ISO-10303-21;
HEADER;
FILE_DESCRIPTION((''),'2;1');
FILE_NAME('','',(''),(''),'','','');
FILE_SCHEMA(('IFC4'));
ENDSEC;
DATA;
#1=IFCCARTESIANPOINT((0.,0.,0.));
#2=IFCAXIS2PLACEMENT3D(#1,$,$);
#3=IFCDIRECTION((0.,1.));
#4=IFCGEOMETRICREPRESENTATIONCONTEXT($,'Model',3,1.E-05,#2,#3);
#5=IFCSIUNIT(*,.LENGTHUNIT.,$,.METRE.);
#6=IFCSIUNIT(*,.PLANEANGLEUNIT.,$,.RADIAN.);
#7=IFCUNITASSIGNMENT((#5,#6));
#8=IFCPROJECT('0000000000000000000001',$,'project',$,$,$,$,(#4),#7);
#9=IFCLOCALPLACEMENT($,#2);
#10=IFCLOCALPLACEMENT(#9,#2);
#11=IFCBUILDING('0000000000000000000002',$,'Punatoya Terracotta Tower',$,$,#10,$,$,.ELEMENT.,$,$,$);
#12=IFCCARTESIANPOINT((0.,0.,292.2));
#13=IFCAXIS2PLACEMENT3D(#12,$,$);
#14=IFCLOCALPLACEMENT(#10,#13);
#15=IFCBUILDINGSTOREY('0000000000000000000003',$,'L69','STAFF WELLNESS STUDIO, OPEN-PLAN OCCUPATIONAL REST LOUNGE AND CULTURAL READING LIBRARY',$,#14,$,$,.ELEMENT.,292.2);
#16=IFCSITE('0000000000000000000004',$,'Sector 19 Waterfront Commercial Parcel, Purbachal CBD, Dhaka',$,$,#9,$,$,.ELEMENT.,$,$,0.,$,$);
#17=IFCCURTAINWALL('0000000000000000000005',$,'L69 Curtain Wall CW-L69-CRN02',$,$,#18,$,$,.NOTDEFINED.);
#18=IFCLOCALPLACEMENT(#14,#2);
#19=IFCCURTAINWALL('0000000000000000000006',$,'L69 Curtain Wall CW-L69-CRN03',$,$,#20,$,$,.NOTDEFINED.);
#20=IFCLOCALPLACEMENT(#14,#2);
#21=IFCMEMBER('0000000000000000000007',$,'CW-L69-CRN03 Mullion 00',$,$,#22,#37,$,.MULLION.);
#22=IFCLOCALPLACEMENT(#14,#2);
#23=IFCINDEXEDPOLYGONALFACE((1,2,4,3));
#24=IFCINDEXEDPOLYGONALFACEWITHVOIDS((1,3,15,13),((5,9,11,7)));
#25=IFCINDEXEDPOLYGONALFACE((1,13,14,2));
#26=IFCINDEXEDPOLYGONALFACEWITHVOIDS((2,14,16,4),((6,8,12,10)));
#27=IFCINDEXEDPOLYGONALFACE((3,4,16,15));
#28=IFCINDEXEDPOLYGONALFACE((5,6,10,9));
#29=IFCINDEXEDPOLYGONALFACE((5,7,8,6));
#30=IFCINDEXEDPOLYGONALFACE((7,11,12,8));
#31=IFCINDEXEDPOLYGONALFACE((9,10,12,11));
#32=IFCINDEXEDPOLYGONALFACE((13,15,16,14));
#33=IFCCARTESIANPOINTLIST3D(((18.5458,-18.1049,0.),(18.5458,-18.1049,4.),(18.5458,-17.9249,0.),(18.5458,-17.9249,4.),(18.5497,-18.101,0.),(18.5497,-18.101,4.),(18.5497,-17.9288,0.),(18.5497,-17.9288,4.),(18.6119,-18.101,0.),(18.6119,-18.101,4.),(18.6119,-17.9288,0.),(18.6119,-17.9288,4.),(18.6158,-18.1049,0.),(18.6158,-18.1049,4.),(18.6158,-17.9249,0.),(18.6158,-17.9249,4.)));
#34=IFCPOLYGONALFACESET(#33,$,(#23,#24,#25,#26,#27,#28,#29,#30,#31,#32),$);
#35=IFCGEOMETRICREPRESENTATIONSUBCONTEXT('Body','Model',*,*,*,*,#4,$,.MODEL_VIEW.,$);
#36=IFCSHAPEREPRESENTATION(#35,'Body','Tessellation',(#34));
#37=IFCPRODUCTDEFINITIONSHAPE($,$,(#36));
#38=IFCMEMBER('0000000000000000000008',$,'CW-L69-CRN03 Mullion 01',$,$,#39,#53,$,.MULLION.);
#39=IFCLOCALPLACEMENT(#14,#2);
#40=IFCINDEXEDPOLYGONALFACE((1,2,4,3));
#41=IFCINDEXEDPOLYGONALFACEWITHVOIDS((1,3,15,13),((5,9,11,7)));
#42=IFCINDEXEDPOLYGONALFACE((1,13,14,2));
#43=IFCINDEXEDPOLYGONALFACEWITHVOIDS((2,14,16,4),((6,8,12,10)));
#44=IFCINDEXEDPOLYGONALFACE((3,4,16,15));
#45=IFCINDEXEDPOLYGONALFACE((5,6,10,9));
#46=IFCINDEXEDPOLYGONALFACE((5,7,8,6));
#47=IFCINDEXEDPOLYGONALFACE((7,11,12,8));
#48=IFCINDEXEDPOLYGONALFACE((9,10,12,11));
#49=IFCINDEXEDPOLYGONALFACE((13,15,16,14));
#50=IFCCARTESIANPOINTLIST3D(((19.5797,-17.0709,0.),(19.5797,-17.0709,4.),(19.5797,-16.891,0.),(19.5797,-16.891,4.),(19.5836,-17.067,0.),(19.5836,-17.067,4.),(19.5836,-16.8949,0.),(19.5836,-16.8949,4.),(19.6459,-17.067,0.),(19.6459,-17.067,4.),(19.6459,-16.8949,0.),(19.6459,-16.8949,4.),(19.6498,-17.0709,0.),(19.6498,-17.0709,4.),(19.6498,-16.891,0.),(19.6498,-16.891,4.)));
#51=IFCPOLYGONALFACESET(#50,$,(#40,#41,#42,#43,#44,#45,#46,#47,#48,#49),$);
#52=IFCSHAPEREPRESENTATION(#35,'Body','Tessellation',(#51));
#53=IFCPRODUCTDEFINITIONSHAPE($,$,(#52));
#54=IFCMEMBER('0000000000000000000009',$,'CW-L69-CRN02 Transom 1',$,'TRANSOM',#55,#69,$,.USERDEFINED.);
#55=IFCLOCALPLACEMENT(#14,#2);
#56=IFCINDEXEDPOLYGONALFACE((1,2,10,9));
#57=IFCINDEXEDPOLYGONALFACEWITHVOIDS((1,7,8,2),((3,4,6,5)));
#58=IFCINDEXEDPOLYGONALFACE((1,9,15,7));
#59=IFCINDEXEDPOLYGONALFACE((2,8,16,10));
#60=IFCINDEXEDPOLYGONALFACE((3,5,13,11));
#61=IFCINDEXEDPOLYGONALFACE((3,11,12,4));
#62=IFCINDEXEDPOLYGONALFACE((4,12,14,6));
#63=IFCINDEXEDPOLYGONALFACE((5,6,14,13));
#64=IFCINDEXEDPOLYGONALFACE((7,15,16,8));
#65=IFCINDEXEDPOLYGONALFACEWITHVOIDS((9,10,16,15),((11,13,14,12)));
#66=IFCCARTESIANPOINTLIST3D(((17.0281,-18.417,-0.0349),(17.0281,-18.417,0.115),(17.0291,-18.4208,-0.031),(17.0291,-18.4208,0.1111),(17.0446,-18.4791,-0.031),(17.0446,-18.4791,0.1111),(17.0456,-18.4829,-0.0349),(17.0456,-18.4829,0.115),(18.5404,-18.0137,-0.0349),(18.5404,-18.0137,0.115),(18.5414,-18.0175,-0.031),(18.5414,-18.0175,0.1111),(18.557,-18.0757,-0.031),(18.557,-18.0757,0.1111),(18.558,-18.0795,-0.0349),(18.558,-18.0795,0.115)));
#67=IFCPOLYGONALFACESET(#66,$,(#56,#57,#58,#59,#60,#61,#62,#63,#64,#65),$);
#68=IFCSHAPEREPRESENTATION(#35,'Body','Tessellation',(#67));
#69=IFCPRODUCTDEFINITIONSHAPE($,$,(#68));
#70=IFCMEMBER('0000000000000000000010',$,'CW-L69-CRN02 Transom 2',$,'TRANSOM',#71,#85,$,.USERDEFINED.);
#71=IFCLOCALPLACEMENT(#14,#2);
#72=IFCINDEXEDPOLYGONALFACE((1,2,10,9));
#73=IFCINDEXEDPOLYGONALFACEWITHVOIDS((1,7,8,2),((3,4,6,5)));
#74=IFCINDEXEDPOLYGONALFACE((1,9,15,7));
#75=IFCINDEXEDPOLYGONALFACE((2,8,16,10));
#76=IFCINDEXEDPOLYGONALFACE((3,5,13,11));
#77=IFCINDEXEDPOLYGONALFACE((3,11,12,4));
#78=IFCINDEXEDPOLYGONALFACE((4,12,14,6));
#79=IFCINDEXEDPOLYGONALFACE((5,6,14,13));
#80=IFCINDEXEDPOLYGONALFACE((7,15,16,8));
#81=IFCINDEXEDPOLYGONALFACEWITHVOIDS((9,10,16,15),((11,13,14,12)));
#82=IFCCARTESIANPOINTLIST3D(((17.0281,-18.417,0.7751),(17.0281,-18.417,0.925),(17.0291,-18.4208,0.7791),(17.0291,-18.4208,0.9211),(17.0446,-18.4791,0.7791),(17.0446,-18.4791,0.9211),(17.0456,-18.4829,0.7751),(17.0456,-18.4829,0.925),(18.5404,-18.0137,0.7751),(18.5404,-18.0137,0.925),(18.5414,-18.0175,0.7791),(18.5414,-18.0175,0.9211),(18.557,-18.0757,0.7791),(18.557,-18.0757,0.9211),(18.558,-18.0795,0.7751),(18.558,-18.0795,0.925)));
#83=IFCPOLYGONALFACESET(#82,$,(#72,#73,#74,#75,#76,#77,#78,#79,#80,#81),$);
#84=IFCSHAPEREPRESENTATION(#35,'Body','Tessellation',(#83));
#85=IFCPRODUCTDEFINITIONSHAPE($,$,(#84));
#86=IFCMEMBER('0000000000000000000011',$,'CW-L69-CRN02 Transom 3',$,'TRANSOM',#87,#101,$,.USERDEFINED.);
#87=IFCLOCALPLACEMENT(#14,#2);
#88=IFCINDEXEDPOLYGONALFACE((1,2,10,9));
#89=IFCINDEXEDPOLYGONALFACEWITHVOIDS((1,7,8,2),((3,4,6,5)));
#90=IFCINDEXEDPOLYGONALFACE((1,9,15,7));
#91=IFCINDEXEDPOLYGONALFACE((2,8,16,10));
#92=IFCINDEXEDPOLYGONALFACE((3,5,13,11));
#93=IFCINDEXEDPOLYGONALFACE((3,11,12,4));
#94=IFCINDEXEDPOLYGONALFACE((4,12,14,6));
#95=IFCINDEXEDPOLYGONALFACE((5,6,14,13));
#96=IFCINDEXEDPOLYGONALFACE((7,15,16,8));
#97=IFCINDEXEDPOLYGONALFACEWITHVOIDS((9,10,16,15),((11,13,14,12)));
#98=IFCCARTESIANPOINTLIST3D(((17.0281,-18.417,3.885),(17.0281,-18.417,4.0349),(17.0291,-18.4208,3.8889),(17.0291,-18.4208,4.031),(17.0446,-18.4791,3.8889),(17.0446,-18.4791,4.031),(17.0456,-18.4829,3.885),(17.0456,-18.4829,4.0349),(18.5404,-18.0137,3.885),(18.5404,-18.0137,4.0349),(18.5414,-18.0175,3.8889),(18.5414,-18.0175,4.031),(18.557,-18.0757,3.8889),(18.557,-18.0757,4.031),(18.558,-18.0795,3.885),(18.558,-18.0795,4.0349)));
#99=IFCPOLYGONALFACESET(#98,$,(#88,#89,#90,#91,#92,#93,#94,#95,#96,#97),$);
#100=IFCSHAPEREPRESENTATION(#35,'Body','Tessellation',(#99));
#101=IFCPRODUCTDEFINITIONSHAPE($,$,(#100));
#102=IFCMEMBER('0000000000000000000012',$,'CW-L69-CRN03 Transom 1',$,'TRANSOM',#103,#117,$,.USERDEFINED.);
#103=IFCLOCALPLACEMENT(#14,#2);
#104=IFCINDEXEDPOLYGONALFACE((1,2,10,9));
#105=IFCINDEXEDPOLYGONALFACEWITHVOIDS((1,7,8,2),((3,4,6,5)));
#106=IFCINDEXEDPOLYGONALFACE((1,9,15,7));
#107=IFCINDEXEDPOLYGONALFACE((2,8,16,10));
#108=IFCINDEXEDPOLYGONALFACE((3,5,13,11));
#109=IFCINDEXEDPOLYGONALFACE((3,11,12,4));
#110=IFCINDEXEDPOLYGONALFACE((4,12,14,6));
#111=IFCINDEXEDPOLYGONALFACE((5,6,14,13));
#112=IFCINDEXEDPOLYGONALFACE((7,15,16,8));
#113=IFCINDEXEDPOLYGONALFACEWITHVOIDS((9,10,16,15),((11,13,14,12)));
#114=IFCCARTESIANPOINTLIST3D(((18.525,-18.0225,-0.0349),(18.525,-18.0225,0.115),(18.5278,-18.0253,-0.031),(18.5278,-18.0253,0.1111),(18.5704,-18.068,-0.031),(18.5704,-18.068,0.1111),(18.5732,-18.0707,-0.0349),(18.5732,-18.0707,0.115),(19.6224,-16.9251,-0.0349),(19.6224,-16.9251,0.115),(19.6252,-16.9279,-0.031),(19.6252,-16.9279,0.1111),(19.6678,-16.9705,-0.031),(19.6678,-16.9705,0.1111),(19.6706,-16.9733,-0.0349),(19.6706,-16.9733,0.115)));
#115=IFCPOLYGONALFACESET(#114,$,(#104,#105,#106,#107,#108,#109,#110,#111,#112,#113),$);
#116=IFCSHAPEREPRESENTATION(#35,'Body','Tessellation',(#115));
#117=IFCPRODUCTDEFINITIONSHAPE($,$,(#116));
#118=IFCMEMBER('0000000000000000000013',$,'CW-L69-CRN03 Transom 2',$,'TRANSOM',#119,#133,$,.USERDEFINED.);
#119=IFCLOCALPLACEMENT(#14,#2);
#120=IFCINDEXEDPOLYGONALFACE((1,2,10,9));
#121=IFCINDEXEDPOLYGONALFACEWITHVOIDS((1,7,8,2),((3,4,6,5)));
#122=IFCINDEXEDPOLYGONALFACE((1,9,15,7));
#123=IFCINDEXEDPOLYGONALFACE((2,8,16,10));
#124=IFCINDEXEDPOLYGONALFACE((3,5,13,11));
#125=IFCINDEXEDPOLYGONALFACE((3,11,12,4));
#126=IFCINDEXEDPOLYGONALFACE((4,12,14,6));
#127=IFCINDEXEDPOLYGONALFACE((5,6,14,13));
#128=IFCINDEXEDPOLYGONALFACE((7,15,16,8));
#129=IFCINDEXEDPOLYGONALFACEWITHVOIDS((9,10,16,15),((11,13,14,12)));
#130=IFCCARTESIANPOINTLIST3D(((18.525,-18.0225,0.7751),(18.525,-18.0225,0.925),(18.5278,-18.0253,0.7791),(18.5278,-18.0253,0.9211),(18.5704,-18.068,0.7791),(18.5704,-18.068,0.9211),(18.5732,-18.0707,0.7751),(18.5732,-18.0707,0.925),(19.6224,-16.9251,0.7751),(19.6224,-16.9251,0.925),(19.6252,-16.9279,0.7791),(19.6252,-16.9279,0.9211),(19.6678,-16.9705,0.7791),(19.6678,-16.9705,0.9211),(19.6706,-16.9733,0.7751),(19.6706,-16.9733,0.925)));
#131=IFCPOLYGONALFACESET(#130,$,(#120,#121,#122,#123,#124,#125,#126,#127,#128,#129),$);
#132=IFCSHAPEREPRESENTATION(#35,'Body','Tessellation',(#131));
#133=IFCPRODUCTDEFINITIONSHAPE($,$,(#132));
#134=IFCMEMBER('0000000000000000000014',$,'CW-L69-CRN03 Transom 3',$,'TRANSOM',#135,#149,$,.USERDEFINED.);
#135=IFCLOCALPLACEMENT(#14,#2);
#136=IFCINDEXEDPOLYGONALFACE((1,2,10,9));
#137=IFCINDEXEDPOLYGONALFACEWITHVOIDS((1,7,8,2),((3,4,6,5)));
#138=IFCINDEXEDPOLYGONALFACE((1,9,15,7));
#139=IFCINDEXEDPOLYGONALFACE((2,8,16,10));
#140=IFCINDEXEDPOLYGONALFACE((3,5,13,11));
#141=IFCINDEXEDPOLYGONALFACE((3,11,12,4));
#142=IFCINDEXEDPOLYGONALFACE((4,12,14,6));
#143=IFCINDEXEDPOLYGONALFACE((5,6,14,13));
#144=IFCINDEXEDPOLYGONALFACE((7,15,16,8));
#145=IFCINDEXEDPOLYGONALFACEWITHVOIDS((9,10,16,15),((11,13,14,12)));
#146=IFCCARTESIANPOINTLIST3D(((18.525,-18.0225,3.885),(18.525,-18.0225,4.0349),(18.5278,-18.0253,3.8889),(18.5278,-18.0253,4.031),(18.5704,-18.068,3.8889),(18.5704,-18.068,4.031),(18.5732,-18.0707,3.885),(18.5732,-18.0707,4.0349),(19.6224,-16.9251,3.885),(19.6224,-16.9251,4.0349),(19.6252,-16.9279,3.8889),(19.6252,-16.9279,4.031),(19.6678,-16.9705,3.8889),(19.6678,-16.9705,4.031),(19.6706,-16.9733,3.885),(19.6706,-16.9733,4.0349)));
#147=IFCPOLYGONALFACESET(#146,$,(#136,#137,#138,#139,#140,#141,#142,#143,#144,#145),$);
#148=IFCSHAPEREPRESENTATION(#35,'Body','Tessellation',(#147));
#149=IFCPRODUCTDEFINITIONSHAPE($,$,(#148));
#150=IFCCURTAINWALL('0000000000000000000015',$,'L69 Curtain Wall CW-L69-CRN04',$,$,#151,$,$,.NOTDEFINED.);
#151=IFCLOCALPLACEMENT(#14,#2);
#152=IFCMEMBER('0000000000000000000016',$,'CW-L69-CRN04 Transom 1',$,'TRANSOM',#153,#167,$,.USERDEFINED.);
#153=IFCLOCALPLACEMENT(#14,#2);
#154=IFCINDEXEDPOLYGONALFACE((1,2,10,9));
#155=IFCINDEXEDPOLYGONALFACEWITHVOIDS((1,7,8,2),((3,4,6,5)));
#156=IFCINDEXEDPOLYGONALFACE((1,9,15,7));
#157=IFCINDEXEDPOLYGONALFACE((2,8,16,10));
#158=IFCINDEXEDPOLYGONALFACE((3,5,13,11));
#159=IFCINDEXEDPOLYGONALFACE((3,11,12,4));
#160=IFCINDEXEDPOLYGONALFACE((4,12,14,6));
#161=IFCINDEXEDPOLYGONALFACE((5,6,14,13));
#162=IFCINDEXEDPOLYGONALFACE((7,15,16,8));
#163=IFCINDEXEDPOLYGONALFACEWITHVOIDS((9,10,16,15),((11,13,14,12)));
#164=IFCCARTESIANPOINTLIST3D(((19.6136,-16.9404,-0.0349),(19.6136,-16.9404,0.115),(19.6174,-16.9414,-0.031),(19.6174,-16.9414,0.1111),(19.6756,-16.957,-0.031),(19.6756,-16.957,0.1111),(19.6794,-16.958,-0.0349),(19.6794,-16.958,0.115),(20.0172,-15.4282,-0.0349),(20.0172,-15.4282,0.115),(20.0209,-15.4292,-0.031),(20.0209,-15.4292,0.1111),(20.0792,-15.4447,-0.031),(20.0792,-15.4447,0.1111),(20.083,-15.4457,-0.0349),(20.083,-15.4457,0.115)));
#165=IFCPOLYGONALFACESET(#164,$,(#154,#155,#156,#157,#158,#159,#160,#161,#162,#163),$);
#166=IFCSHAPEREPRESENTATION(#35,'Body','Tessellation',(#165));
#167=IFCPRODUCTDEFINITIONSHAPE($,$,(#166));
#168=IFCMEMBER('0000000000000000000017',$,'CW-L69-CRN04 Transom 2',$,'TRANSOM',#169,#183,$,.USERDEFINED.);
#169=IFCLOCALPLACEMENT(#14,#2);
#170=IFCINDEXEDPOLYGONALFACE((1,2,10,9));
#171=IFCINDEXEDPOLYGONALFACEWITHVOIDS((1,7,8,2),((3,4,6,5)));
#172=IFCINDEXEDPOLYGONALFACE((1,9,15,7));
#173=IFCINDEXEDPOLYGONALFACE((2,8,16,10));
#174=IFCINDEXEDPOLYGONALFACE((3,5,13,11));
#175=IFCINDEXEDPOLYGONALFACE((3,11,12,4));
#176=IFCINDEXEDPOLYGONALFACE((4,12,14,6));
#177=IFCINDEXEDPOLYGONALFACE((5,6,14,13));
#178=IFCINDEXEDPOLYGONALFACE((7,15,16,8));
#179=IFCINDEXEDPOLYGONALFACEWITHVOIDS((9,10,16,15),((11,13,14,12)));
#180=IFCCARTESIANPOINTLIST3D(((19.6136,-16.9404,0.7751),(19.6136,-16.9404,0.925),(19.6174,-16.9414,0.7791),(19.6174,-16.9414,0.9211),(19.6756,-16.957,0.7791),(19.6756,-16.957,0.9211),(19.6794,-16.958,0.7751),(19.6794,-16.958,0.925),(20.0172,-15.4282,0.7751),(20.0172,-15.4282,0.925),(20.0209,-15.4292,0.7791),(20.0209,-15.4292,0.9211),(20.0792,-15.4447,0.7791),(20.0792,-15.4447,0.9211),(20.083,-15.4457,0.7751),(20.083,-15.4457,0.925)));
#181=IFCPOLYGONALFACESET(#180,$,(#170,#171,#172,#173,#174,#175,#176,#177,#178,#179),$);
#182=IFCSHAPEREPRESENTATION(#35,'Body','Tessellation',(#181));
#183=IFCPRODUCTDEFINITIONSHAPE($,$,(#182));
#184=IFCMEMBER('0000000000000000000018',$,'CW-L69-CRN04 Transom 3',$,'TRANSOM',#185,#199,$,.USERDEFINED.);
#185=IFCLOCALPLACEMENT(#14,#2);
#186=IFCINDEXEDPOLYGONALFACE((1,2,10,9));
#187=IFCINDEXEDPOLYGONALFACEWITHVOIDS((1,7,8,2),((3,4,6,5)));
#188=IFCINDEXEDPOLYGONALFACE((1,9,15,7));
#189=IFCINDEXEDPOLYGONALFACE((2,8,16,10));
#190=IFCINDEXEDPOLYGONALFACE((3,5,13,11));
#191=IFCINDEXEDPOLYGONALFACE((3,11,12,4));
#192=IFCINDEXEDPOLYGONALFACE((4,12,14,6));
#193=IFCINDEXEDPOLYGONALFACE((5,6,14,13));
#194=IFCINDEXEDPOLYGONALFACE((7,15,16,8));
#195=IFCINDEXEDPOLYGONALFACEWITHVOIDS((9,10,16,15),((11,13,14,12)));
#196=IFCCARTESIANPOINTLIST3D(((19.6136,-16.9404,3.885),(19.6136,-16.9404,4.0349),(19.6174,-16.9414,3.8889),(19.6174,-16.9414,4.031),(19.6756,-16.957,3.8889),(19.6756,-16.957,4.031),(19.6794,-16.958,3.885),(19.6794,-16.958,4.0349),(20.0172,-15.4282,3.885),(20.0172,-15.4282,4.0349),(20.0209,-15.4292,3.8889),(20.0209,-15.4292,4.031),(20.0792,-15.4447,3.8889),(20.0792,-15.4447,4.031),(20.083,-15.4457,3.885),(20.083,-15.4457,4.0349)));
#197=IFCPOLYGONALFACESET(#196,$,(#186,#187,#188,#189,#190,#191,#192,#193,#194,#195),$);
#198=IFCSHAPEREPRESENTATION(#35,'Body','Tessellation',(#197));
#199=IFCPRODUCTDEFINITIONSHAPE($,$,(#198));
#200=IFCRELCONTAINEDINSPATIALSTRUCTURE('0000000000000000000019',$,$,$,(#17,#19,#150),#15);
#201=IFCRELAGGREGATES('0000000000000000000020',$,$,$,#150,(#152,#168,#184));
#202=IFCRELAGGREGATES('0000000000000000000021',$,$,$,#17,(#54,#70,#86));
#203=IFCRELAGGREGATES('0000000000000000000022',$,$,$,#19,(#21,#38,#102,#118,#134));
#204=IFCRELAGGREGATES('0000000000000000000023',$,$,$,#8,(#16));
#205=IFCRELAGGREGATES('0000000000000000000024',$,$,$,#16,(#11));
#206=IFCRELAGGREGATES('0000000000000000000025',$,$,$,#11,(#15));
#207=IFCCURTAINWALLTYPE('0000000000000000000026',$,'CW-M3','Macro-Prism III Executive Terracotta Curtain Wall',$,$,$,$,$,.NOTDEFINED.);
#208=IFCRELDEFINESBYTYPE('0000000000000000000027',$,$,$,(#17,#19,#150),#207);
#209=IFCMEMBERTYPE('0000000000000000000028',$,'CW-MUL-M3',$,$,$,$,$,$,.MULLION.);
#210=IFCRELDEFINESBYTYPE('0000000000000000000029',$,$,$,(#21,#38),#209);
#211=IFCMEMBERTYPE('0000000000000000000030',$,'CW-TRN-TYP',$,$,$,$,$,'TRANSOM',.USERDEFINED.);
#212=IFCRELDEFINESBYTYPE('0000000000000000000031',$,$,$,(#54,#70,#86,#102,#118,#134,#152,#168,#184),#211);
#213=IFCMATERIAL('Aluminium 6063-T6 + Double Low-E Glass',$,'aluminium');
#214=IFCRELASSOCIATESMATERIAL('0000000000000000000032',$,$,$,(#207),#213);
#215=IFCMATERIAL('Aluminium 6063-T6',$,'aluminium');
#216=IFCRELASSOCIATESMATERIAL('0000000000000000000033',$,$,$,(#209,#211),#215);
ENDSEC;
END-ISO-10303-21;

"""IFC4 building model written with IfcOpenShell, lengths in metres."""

from ifc_helpers import new_model, si_unit, direction, frame, origin, origin_2d, place, context, subcontext, project, spatial, hollow_rectangle, extrude, material, material_profile, profile_set, type_object, element, aggregate, save


model = new_model("IFC4")

# Units and contexts
model_context = context("Model", 3, precision=1e-05, world=origin(), true_north=direction((0.0, 1.0)))
body_context = subcontext(model_context, "Body", "Model", "MODEL_VIEW")
ifc_project = project(units=[si_unit("LENGTHUNIT", "METRE"), si_unit("PLANEANGLEUNIT", "RADIAN")], contexts=[model_context])

# Site, building, storey
site_placement = place(None, origin())
site = spatial("IfcSite", under=ifc_project, at=site_placement, Name="Sector 19 Waterfront Commercial Parcel, Purbachal CBD, Dhaka", CompositionType="ELEMENT", RefElevation=0.0)
building_placement = place(site_placement, origin())
building = spatial("IfcBuilding", under=site, at=building_placement, Name="Punatoya Terracotta Tower", CompositionType="ELEMENT")
storey_placement = place(building_placement, frame((0.0, 0.0, 292.2)))
storey = spatial("IfcBuildingStorey", under=building, at=storey_placement, Name="L69", Description="STAFF WELLNESS STUDIO, OPEN-PLAN OCCUPATIONAL REST LOUNGE AND CULTURAL READING LIBRARY", CompositionType="ELEMENT", Elevation=292.2)

# Curtain walls, members
ifc_material_1 = material(Name="Aluminium 6063-T6 + Double Low-E Glass", Category="aluminium")
curtain_wall_type = type_object("IfcCurtainWallType", Name="CW-M3", Description="Macro-Prism III Executive Terracotta Curtain Wall", PredefinedType="NOTDEFINED", material=ifc_material_1)
ifc_material_2 = material(Name="Aluminium 6063-T6", Category="aluminium")
ifc_material_profile_1 = material_profile(ifc_material_2, hollow_rectangle(XDim=0.0701, YDim=0.1799, WallThickness=0.0039, at=origin_2d()))
ifc_profile_set_1 = profile_set([ifc_material_profile_1], Name="Aluminium 6063-T6")
member_type_1 = type_object("IfcMemberType", Name="CW-MUL-M3", PredefinedType="MULLION", material=ifc_profile_set_1)
curtain_wall_1_placement = place(storey_placement, origin())
curtain_wall_1 = element("IfcCurtainWall", 1, at=curtain_wall_1_placement, inside=storey, type_object=curtain_wall_type, Name="L69 Curtain Wall CW-L69-CRN02", PredefinedType="NOTDEFINED")
curtain_wall_2_placement = place(storey_placement, origin())
curtain_wall_2 = element("IfcCurtainWall", 2, at=curtain_wall_2_placement, inside=storey, type_object=curtain_wall_type, Name="L69 Curtain Wall CW-L69-CRN03", PredefinedType="NOTDEFINED")
member_1_placement = place(storey_placement, frame((18.5808, -18.0149, 0.0), z_axis=(0.0, 0.0, 1.0), x_axis=(1.0, 0.0, 0.0)))
member_1 = element("IfcMember", 3, at=member_1_placement, type_object=member_type_1, Name="CW-L69-CRN03 Mullion 00", PredefinedType="MULLION", context=body_context, shape_type="SweptSolid", body=[
    extrude(hollow_rectangle(XDim=0.0701, YDim=0.1799, WallThickness=0.0039, at=origin_2d()), origin(), (0.0, 0.0, 1.0), 4.0),
])
member_2_placement = place(storey_placement, frame((19.6147, -16.981, 0.0), z_axis=(0.0, 0.0, 1.0), x_axis=(1.0, 0.0, 0.0)))
member_2 = element("IfcMember", 4, at=member_2_placement, type_object=member_type_1, Name="CW-L69-CRN03 Mullion 01", PredefinedType="MULLION", context=body_context, shape_type="SweptSolid", body=[
    extrude(hollow_rectangle(XDim=0.0701, YDim=0.1799, WallThickness=0.0039, at=origin_2d()), origin(), (0.0, 0.0, 1.0), 4.0),
])

# Members
ifc_material_profile_2 = material_profile(ifc_material_2, hollow_rectangle(XDim=0.0681, YDim=0.1499, WallThickness=0.0039, at=origin_2d()))
ifc_profile_set_2 = profile_set([ifc_material_profile_2], Name="Aluminium 6063-T6")
member_type_2 = type_object("IfcMemberType", Name="CW-TRN-TYP", ElementType="TRANSOM", PredefinedType="USERDEFINED", material=ifc_profile_set_2)
member_3_placement = place(storey_placement, frame((17.0369, -18.45, 0.04), z_axis=(0.966225, 0.257701, 0.0), x_axis=(-0.257701, 0.966225, 0.0)))
member_3 = element("IfcMember", 5, at=member_3_placement, type_object=member_type_2, Name="CW-L69-CRN02 Transom 1", ObjectType="TRANSOM", PredefinedType="USERDEFINED", context=body_context, shape_type="SweptSolid", body=[
    extrude(hollow_rectangle(XDim=0.0681, YDim=0.1499, WallThickness=0.0039, at=origin_2d()), origin(), (0.0, 0.0, 1.0), 1.5652),
])
member_4_placement = place(storey_placement, frame((17.0369, -18.45, 0.8501), z_axis=(0.966225, 0.257701, 0.0), x_axis=(-0.257701, 0.966225, 0.0)))
member_4 = element("IfcMember", 6, at=member_4_placement, type_object=member_type_2, Name="CW-L69-CRN02 Transom 2", ObjectType="TRANSOM", PredefinedType="USERDEFINED", context=body_context, shape_type="SweptSolid", body=[
    extrude(hollow_rectangle(XDim=0.0681, YDim=0.1499, WallThickness=0.0039, at=origin_2d()), origin(), (0.0, 0.0, 1.0), 1.5652),
])
member_5_placement = place(storey_placement, frame((17.0369, -18.45, 3.96), z_axis=(0.966225, 0.257701, 0.0), x_axis=(-0.257701, 0.966225, 0.0)))
member_5 = element("IfcMember", 7, at=member_5_placement, type_object=member_type_2, Name="CW-L69-CRN02 Transom 3", ObjectType="TRANSOM", PredefinedType="USERDEFINED", context=body_context, shape_type="SweptSolid", body=[
    extrude(hollow_rectangle(XDim=0.0681, YDim=0.1499, WallThickness=0.0039, at=origin_2d()), origin(), (0.0, 0.0, 1.0), 1.5652),
])
member_6_placement = place(storey_placement, frame((18.5491, -18.0466, 0.04), z_axis=(0.707107, 0.707107, 0.0), x_axis=(-0.707107, 0.707107, 0.0)))
member_6 = element("IfcMember", 8, at=member_6_placement, type_object=member_type_2, Name="CW-L69-CRN03 Transom 1", ObjectType="TRANSOM", PredefinedType="USERDEFINED", context=body_context, shape_type="SweptSolid", body=[
    extrude(hollow_rectangle(XDim=0.0681, YDim=0.1499, WallThickness=0.0039, at=origin_2d()), origin(), (0.0, 0.0, 1.0), 1.552),
])
member_7_placement = place(storey_placement, frame((18.5491, -18.0466, 0.8501), z_axis=(0.707107, 0.707107, 0.0), x_axis=(-0.707107, 0.707107, 0.0)))
member_7 = element("IfcMember", 9, at=member_7_placement, type_object=member_type_2, Name="CW-L69-CRN03 Transom 2", ObjectType="TRANSOM", PredefinedType="USERDEFINED", context=body_context, shape_type="SweptSolid", body=[
    extrude(hollow_rectangle(XDim=0.0681, YDim=0.1499, WallThickness=0.0039, at=origin_2d()), origin(), (0.0, 0.0, 1.0), 1.552),
])
member_8_placement = place(storey_placement, frame((18.5491, -18.0466, 3.96), z_axis=(0.707107, 0.707107, 0.0), x_axis=(-0.707107, 0.707107, 0.0)))
member_8 = element("IfcMember", 10, at=member_8_placement, type_object=member_type_2, Name="CW-L69-CRN03 Transom 3", ObjectType="TRANSOM", PredefinedType="USERDEFINED", context=body_context, shape_type="SweptSolid", body=[
    extrude(hollow_rectangle(XDim=0.0681, YDim=0.1499, WallThickness=0.0039, at=origin_2d()), origin(), (0.0, 0.0, 1.0), 1.552),
])

# Curtain wall, members
curtain_wall_3_placement = place(storey_placement, origin())
curtain_wall_3 = element("IfcCurtainWall", 11, at=curtain_wall_3_placement, inside=storey, type_object=curtain_wall_type, Name="L69 Curtain Wall CW-L69-CRN04", PredefinedType="NOTDEFINED")
member_9_placement = place(storey_placement, frame((19.6465, -16.9492, 0.04), z_axis=(0.257847, 0.966186, 0.0), x_axis=(-0.966186, 0.257847, 0.0)))
member_9 = element("IfcMember", 12, at=member_9_placement, type_object=member_type_2, Name="CW-L69-CRN04 Transom 1", ObjectType="TRANSOM", PredefinedType="USERDEFINED", context=body_context, shape_type="SweptSolid", body=[
    extrude(hollow_rectangle(XDim=0.0681, YDim=0.1499, WallThickness=0.0039, at=origin_2d()), origin(), (0.0, 0.0, 1.0), 1.5652),
])
member_10_placement = place(storey_placement, frame((19.6465, -16.9492, 0.8501), z_axis=(0.257847, 0.966186, 0.0), x_axis=(-0.966186, 0.257847, 0.0)))
member_10 = element("IfcMember", 13, at=member_10_placement, type_object=member_type_2, Name="CW-L69-CRN04 Transom 2", ObjectType="TRANSOM", PredefinedType="USERDEFINED", context=body_context, shape_type="SweptSolid", body=[
    extrude(hollow_rectangle(XDim=0.0681, YDim=0.1499, WallThickness=0.0039, at=origin_2d()), origin(), (0.0, 0.0, 1.0), 1.5652),
])
member_11_placement = place(storey_placement, frame((19.6465, -16.9492, 3.96), z_axis=(0.257847, 0.966186, 0.0), x_axis=(-0.966186, 0.257847, 0.0)))
member_11 = element("IfcMember", 14, at=member_11_placement, type_object=member_type_2, Name="CW-L69-CRN04 Transom 3", ObjectType="TRANSOM", PredefinedType="USERDEFINED", context=body_context, shape_type="SweptSolid", body=[
    extrude(hollow_rectangle(XDim=0.0681, YDim=0.1499, WallThickness=0.0039, at=origin_2d()), origin(), (0.0, 0.0, 1.0), 1.5652),
])
aggregate(curtain_wall_3, [member_9, member_10, member_11])

aggregate(curtain_wall_1, [member_3, member_4, member_5])
aggregate(curtain_wall_2, [member_1, member_2, member_6, member_7, member_8])

save(model, "model.ifc")
